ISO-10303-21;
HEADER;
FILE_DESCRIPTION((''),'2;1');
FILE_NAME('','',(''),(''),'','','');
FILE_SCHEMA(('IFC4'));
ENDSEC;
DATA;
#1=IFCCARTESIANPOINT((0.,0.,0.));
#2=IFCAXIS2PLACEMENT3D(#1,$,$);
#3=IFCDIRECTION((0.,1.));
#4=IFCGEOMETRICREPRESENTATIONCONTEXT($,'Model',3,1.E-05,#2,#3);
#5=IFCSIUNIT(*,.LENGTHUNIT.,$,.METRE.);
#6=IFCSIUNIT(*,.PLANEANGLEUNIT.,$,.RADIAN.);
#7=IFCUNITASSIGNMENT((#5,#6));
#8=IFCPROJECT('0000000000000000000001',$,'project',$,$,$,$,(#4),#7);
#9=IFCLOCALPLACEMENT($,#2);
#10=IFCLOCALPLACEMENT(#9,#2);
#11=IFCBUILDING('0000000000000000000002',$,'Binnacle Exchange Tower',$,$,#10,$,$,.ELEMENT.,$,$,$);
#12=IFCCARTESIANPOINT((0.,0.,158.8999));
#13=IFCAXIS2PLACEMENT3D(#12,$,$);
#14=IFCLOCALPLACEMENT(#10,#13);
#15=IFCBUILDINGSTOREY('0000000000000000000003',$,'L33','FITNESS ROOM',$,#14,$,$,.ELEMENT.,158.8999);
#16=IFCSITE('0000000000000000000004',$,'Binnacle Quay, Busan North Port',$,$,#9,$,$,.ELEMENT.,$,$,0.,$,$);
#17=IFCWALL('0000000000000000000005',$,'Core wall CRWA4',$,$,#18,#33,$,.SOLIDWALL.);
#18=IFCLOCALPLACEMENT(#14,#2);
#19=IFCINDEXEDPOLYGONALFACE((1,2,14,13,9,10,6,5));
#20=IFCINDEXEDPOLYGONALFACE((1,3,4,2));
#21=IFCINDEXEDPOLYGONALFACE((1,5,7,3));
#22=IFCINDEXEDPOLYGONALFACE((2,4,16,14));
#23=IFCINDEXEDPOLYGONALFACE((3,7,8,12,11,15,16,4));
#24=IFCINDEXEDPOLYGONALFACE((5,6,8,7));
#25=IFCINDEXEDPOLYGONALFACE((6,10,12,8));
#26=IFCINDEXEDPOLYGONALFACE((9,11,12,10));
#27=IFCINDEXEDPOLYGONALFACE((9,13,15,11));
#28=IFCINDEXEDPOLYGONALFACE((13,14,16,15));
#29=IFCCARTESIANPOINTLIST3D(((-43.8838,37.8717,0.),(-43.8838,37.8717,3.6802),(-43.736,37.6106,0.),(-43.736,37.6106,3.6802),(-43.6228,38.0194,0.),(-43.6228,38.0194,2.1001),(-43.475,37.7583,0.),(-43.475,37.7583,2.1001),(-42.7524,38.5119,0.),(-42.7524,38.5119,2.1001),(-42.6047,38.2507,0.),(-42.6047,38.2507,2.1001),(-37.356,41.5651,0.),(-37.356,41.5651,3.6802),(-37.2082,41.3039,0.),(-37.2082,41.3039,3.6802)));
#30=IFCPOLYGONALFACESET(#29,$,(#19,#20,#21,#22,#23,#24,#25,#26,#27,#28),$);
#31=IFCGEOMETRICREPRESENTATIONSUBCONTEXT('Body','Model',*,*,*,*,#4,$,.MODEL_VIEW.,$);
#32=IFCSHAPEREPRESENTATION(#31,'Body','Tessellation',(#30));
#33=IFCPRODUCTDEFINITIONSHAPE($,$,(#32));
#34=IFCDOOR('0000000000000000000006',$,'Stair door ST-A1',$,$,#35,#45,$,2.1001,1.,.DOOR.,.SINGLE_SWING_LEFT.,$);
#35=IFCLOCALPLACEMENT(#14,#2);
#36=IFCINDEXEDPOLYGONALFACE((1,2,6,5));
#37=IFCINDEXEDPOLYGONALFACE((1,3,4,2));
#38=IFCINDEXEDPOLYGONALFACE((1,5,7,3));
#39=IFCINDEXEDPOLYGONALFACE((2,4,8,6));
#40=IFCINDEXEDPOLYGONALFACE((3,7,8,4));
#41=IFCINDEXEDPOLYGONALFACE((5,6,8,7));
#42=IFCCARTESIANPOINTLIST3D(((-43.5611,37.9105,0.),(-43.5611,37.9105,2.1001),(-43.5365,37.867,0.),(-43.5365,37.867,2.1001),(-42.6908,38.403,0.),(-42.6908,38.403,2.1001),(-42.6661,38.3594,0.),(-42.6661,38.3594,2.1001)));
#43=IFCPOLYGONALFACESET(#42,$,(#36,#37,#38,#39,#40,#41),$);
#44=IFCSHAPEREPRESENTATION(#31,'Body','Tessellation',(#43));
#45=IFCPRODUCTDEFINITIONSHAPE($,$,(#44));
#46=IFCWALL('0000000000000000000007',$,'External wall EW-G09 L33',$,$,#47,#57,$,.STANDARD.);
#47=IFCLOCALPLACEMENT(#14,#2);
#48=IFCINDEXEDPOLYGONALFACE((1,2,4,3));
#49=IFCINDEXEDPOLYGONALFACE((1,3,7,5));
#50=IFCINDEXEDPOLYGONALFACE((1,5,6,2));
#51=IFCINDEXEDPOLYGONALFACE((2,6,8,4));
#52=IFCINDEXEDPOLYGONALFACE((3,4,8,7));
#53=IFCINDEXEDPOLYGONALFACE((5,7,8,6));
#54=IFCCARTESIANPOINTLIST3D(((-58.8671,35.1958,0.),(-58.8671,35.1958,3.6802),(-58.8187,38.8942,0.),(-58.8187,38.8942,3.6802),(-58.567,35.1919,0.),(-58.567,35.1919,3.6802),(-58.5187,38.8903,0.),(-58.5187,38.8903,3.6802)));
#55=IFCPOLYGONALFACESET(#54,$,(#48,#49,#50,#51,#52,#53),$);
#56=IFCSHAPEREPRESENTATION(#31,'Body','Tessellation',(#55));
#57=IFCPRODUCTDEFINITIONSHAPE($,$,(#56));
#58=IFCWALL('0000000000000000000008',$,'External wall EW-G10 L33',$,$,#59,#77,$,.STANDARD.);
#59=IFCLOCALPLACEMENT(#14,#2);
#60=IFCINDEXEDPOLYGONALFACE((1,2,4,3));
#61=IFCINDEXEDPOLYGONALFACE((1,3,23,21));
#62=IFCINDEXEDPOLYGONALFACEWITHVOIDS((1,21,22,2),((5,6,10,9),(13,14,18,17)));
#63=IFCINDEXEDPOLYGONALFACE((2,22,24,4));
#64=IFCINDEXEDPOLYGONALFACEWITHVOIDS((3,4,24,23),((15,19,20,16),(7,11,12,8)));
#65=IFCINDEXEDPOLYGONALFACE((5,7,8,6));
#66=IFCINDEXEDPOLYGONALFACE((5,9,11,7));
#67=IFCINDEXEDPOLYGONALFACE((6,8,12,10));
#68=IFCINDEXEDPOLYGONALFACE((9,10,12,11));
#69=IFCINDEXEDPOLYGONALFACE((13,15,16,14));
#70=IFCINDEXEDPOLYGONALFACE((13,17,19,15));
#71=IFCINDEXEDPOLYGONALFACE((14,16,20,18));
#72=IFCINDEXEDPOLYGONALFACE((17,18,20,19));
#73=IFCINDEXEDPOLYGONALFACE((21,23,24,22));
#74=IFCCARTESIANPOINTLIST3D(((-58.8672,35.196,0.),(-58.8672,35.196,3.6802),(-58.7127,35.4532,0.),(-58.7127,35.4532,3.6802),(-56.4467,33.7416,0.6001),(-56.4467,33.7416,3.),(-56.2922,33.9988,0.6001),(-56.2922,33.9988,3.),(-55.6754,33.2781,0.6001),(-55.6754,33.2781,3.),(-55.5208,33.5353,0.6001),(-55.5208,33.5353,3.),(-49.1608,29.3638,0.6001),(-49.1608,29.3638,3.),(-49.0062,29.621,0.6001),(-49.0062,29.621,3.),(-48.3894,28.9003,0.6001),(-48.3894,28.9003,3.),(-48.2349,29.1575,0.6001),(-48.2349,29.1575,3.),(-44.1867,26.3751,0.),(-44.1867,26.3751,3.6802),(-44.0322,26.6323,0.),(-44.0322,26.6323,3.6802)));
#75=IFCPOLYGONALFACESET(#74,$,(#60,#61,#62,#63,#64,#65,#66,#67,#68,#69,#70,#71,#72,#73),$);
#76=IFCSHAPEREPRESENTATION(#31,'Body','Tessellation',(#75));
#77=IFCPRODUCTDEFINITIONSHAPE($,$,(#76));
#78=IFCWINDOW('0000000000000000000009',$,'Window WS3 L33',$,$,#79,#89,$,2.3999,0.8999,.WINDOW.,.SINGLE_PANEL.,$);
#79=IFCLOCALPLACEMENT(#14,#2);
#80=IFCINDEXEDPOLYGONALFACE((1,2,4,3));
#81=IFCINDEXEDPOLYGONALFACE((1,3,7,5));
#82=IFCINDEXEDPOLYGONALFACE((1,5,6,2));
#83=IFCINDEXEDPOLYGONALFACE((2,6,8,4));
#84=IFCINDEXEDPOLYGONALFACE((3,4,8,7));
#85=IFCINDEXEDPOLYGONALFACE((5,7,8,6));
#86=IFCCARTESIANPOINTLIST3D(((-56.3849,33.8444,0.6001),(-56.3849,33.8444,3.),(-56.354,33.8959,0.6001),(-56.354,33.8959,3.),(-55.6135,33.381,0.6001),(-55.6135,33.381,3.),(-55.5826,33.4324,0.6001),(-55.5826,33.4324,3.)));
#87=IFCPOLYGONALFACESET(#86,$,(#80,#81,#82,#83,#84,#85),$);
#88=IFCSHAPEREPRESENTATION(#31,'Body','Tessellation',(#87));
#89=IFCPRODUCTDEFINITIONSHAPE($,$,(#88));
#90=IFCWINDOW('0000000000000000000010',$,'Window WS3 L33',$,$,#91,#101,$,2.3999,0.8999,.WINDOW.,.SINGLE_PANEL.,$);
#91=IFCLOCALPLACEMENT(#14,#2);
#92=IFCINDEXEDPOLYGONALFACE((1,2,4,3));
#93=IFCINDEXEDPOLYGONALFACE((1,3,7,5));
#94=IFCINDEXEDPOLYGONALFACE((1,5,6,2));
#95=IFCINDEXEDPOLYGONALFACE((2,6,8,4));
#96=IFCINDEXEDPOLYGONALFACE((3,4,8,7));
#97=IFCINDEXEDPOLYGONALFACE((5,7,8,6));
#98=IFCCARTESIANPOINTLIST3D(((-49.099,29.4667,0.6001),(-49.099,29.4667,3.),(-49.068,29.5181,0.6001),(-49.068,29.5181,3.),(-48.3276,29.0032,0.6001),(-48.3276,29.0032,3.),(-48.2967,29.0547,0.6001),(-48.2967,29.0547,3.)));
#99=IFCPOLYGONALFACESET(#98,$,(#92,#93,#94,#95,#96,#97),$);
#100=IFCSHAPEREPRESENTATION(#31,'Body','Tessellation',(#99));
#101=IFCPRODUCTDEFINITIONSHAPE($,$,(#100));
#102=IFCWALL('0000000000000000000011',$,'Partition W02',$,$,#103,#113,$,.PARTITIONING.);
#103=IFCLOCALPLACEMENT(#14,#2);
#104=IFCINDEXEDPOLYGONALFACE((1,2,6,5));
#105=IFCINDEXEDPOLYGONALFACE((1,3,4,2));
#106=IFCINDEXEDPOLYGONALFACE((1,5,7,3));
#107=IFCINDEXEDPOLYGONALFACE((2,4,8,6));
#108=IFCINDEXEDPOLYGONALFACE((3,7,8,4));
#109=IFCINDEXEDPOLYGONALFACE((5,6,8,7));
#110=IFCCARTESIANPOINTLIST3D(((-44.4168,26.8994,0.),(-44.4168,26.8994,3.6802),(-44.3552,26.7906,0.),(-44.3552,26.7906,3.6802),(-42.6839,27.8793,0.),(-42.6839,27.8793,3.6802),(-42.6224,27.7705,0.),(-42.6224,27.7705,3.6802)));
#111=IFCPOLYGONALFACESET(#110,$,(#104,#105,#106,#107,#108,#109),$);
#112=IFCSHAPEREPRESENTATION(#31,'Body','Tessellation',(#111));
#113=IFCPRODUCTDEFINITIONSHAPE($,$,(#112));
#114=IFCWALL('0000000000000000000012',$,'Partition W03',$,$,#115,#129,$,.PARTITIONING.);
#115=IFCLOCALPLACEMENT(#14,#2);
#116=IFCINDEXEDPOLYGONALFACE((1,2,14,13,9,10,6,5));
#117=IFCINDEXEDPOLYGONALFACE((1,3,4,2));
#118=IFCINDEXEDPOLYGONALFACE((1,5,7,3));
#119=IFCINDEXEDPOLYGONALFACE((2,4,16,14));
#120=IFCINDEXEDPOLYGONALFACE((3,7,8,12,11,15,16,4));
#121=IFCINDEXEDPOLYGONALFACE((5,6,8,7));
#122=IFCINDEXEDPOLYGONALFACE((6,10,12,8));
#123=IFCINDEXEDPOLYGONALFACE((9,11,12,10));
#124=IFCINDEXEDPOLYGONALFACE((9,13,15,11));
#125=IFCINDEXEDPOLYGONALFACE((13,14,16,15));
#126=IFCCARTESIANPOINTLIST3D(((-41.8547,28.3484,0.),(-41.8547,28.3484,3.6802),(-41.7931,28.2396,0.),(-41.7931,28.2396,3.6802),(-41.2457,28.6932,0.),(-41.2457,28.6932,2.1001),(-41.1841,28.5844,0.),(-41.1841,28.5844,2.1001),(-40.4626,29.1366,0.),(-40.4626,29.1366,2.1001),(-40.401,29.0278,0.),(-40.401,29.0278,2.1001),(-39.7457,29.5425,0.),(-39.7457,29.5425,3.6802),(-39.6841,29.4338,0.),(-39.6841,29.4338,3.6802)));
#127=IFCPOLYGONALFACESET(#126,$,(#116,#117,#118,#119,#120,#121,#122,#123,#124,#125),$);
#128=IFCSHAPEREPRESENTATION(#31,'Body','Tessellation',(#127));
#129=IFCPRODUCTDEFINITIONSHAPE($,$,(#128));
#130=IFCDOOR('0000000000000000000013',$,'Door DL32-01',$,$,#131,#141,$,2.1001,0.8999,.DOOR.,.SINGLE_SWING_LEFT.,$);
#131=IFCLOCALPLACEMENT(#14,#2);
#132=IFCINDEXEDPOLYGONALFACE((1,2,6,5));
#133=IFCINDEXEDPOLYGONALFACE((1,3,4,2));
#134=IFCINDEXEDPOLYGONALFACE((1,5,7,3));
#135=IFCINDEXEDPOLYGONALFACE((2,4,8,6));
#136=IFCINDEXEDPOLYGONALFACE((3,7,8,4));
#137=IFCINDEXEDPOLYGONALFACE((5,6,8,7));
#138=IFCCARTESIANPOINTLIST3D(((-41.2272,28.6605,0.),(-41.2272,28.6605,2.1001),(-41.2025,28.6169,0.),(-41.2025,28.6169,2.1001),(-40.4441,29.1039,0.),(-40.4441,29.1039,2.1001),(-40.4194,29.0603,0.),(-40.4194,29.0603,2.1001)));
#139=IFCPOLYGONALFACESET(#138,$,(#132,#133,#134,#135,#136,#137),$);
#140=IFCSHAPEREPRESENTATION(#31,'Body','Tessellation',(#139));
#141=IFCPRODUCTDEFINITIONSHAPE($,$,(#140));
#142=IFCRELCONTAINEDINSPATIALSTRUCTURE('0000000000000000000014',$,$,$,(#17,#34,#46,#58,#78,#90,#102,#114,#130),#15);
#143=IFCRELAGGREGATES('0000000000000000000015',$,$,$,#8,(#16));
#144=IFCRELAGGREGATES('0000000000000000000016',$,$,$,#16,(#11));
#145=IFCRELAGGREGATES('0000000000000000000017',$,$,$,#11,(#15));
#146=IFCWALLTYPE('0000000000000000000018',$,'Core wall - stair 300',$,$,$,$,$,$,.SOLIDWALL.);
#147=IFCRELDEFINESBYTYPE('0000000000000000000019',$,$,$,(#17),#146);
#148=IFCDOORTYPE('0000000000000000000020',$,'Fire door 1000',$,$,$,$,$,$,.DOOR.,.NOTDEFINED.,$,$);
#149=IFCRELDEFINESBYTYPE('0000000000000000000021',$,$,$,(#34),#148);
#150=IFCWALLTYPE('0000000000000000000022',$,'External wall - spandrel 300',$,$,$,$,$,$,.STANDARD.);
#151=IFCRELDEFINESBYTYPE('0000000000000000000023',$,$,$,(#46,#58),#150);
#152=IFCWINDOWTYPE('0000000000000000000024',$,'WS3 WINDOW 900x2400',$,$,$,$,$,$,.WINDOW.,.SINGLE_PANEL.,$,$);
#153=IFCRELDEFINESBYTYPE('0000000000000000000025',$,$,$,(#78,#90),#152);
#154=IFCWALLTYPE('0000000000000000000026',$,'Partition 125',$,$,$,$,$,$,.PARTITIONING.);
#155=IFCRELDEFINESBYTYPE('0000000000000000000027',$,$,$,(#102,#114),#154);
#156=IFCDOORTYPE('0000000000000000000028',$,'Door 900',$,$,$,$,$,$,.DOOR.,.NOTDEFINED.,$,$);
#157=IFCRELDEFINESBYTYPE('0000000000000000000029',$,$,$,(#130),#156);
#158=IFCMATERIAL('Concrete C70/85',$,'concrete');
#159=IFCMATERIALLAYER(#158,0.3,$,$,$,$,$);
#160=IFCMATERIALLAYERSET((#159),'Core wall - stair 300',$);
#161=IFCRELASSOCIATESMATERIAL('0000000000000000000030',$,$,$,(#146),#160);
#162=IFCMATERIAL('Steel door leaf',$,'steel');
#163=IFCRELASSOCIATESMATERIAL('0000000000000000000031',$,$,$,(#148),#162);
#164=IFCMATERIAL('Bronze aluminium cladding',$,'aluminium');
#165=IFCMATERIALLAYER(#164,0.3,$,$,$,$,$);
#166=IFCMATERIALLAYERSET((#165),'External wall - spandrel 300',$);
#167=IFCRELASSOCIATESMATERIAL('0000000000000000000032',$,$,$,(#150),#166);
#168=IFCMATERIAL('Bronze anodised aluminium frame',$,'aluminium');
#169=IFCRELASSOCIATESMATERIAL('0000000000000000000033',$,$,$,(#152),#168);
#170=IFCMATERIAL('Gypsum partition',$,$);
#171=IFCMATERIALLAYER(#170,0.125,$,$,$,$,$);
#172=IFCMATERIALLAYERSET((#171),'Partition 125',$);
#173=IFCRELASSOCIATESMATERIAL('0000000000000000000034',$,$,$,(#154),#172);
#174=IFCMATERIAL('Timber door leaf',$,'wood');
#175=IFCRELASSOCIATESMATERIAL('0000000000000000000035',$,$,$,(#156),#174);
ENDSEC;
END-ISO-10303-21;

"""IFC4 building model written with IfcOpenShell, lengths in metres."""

from ifc_helpers import new_model, si_unit, direction, frame, frame_2d, origin, place, context, subcontext, project, spatial, rectangle, extrude, material, layer, layer_set, type_object, element, fill, save


model = new_model("IFC4")

# Units and contexts
model_context = context("Model", 3, precision=1e-05, world=origin(), true_north=direction((0.0, 1.0)))
body_context = subcontext(model_context, "Body", "Model", "MODEL_VIEW")
ifc_project = project(units=[si_unit("LENGTHUNIT", "METRE"), si_unit("PLANEANGLEUNIT", "RADIAN")], contexts=[model_context])

# Site, building, storey
site_placement = place(None, origin())
site = spatial("IfcSite", under=ifc_project, at=site_placement, Name="Binnacle Quay, Busan North Port", CompositionType="ELEMENT", RefElevation=0.0)
building_placement = place(site_placement, origin())
building = spatial("IfcBuilding", under=site, at=building_placement, Name="Binnacle Exchange Tower", CompositionType="ELEMENT")
storey_placement = place(building_placement, frame((0.0, 0.0, 158.8999)))
storey = spatial("IfcBuildingStorey", under=building, at=storey_placement, Name="L33", Description="FITNESS ROOM", CompositionType="ELEMENT", Elevation=158.8999)

# Shared definitions
ifc_material_1 = material(Name="Concrete C70/85", Category="concrete")

# Shared definitions
ifc_material_2 = material(Name="Steel door leaf", Category="steel")

# Wall, opening, door
ifc_layer_1 = layer(ifc_material_1, 0.3)
ifc_layer_set_1 = layer_set([ifc_layer_1], Name="Core wall - stair 300")
wall_type_1 = type_object("IfcWallType", Name="Core wall - stair 300", PredefinedType="SOLIDWALL", material=ifc_layer_set_1)
wall_1_placement = place(storey_placement, frame((-43.8098, 37.7412, 0.0), z_axis=(0.0, 0.0, 1.0), x_axis=(0.870351, 0.492433, 0.0)))
wall_1 = element("IfcWall", 1, at=wall_1_placement, inside=storey, type_object=wall_type_1, Name="Core wall CRWA4", PredefinedType="SOLIDWALL", context=body_context, shape_type="SweptSolid", body=[
    extrude(rectangle(XDim=7.5002, YDim=0.3, at=frame_2d((3.75, 0.0))), origin(), (0.0, 0.0, 1.0), 3.6802),
])
opening_1_placement = place(wall_1_placement, frame((0.2998, 0.0, 0.0)))
opening_1 = element("IfcOpeningElement", 2, at=opening_1_placement, cuts=wall_1, PredefinedType="OPENING", context=body_context, shape_type="SweptSolid", body=[
    extrude(rectangle(XDim=1.0, YDim=2.1001, at=frame_2d((0.5, 1.05))), frame((0.0, 0.1599, 0.0), z_axis=(0.0, -1.0, 0.0), x_axis=(1.0, 0.0, 0.0)), (0.0, 0.0, 1.0), 0.3201),
])
door_type_1 = type_object("IfcDoorType", Name="Fire door 1000", OperationType="NOTDEFINED", PredefinedType="DOOR", material=ifc_material_2)
door_1_placement = place(opening_1_placement, origin())
door_1 = element("IfcDoor", 3, at=door_1_placement, inside=storey, type_object=door_type_1, Name="Stair door ST-A1", OperationType="SINGLE_SWING_LEFT", OverallHeight=2.1001, OverallWidth=1.0, PredefinedType="DOOR", context=body_context, shape_type="SweptSolid", body=[
    extrude(rectangle(XDim=1.0, YDim=2.1001, at=frame_2d((0.5, 1.05))), frame((0.0, 0.0249, 0.0), z_axis=(0.0, -1.0, 0.0), x_axis=(1.0, 0.0, 0.0)), (0.0, 0.0, 1.0), 0.05),
])
fill(opening_1, door_1)

# Wall
ifc_material_3 = material(Name="Bronze aluminium cladding", Category="aluminium")
ifc_layer_2 = layer(ifc_material_3, 0.3)
ifc_layer_set_2 = layer_set([ifc_layer_2], Name="External wall - spandrel 300")
wall_type_2 = type_object("IfcWallType", Name="External wall - spandrel 300", PredefinedType="STANDARD", material=ifc_layer_set_2)
wall_2_placement = place(storey_placement, frame((-58.717, 35.1938, 0.0), z_axis=(0.0, 0.0, 1.0), x_axis=(0.013069, 0.999915, 0.0)))
element("IfcWall", 4, at=wall_2_placement, inside=storey, type_object=wall_type_2, Name="External wall EW-G09 L33", PredefinedType="STANDARD", context=body_context, shape_type="SweptSolid", body=[
    extrude(rectangle(XDim=3.6987, YDim=0.3, at=frame_2d((1.8494, 0.0))), origin(), (0.0, 0.0, 1.0), 3.6802),
])

# Wall, openings, windows
wall_3_placement = place(storey_placement, frame((-44.1094, 26.5037, 0.0), z_axis=(0.0, 0.0, 1.0), x_axis=(-0.85717, 0.515034, 0.0)))
wall_3 = element("IfcWall", 5, at=wall_3_placement, inside=storey, type_object=wall_type_2, Name="External wall EW-G10 L33", PredefinedType="STANDARD", context=body_context, shape_type="SweptSolid", body=[
    extrude(rectangle(XDim=17.1267, YDim=0.3, at=frame_2d((8.5635, 0.0))), origin(), (0.0, 0.0, 1.0), 3.6802),
])
opening_2_placement = place(wall_3_placement, frame((13.4031, 0.0, 0.6001)))
opening_2 = element("IfcOpeningElement", 6, at=opening_2_placement, cuts=wall_3, PredefinedType="OPENING", context=body_context, shape_type="SweptSolid", body=[
    extrude(rectangle(XDim=0.8999, YDim=2.3999, at=frame_2d((0.45, 1.2))), frame((0.0, 0.1599, 0.0), z_axis=(0.0, -1.0, 0.0), x_axis=(1.0, 0.0, 0.0)), (0.0, 0.0, 1.0), 0.3201),
])
opening_3_placement = place(wall_3_placement, frame((4.9031, 0.0, 0.6001)))
opening_3 = element("IfcOpeningElement", 7, at=opening_3_placement, cuts=wall_3, PredefinedType="OPENING", context=body_context, shape_type="SweptSolid", body=[
    extrude(rectangle(XDim=0.8999, YDim=2.3999, at=frame_2d((0.45, 1.2))), frame((0.0, 0.1599, 0.0), z_axis=(0.0, -1.0, 0.0), x_axis=(1.0, 0.0, 0.0)), (0.0, 0.0, 1.0), 0.3201),
])
ifc_material_4 = material(Name="Bronze anodised aluminium frame", Category="aluminium")
window_type = type_object("IfcWindowType", Name="WS3 WINDOW 900x2400", PartitioningType="SINGLE_PANEL", PredefinedType="WINDOW", material=ifc_material_4)
window_1_placement = place(opening_2_placement, origin())
window_1 = element("IfcWindow", 8, at=window_1_placement, inside=storey, type_object=window_type, Name="Window WS3 L33", OverallHeight=2.3999, OverallWidth=0.8999, PartitioningType="SINGLE_PANEL", PredefinedType="WINDOW", context=body_context, shape_type="SweptSolid", body=[
    extrude(rectangle(XDim=0.8999, YDim=2.3999, at=frame_2d((0.45, 1.2))), frame((0.0, 0.03, 0.0), z_axis=(0.0, -1.0, 0.0), x_axis=(1.0, 0.0, 0.0)), (0.0, 0.0, 1.0), 0.0601),
])
fill(opening_2, window_1)
window_2_placement = place(opening_3_placement, origin())
window_2 = element("IfcWindow", 9, at=window_2_placement, inside=storey, type_object=window_type, Name="Window WS3 L33", OverallHeight=2.3999, OverallWidth=0.8999, PartitioningType="SINGLE_PANEL", PredefinedType="WINDOW", context=body_context, shape_type="SweptSolid", body=[
    extrude(rectangle(XDim=0.8999, YDim=2.3999, at=frame_2d((0.45, 1.2))), frame((0.0, 0.03, 0.0), z_axis=(0.0, -1.0, 0.0), x_axis=(1.0, 0.0, 0.0)), (0.0, 0.0, 1.0), 0.0601),
])
fill(opening_3, window_2)

# Wall
ifc_material_5 = material(Name="Gypsum partition")
ifc_layer_3 = layer(ifc_material_5, 0.125)
ifc_layer_set_3 = layer_set([ifc_layer_3], Name="Partition 125")
wall_type_3 = type_object("IfcWallType", Name="Partition 125", PredefinedType="PARTITIONING", material=ifc_layer_set_3)
wall_4_placement = place(storey_placement, frame((-44.386, 26.845, 0.0), z_axis=(0.0, 0.0, 1.0), x_axis=(0.870453, 0.492251, 0.0)))
element("IfcWall", 10, at=wall_4_placement, inside=storey, type_object=wall_type_3, Name="Partition W02", PredefinedType="PARTITIONING", context=body_context, shape_type="SweptSolid", body=[
    extrude(rectangle(XDim=1.9907, YDim=0.125, at=frame_2d((0.9954, 0.0))), origin(), (0.0, 0.0, 1.0), 3.6802),
])

# Wall, opening, door
wall_5_placement = place(storey_placement, frame((-41.824, 28.2939, 0.0), z_axis=(0.0, 0.0, 1.0), x_axis=(0.870189, 0.492718, 0.0)))
wall_5 = element("IfcWall", 11, at=wall_5_placement, inside=storey, type_object=wall_type_3, Name="Partition W03", PredefinedType="PARTITIONING", context=body_context, shape_type="SweptSolid", body=[
    extrude(rectangle(XDim=2.4236, YDim=0.125, at=frame_2d((1.2119, 0.0))), origin(), (0.0, 0.0, 1.0), 3.6802),
])
opening_4_placement = place(wall_5_placement, frame((0.7, 0.0, 0.0)))
opening_4 = element("IfcOpeningElement", 12, at=opening_4_placement, cuts=wall_5, PredefinedType="OPENING", context=body_context, shape_type="SweptSolid", body=[
    extrude(rectangle(XDim=0.8999, YDim=2.1001, at=frame_2d((0.45, 1.05))), frame((0.0, 0.0725, 0.0), z_axis=(0.0, -1.0, 0.0), x_axis=(1.0, 0.0, 0.0)), (0.0, 0.0, 1.0), 0.145),
])
ifc_material_6 = material(Name="Timber door leaf", Category="wood")
door_type_2 = type_object("IfcDoorType", Name="Door 900", OperationType="NOTDEFINED", PredefinedType="DOOR", material=ifc_material_6)
door_2_placement = place(opening_4_placement, origin())
door_2 = element("IfcDoor", 13, at=door_2_placement, inside=storey, type_object=door_type_2, Name="Door DL32-01", OperationType="SINGLE_SWING_LEFT", OverallHeight=2.1001, OverallWidth=0.8999, PredefinedType="DOOR", context=body_context, shape_type="SweptSolid", body=[
    extrude(rectangle(XDim=0.8999, YDim=2.1001, at=frame_2d((0.45, 1.05))), frame((0.0, 0.0249, 0.0), z_axis=(0.0, -1.0, 0.0), x_axis=(1.0, 0.0, 0.0)), (0.0, 0.0, 1.0), 0.05),
])
fill(opening_4, door_2)

save(model, "model.ifc")
